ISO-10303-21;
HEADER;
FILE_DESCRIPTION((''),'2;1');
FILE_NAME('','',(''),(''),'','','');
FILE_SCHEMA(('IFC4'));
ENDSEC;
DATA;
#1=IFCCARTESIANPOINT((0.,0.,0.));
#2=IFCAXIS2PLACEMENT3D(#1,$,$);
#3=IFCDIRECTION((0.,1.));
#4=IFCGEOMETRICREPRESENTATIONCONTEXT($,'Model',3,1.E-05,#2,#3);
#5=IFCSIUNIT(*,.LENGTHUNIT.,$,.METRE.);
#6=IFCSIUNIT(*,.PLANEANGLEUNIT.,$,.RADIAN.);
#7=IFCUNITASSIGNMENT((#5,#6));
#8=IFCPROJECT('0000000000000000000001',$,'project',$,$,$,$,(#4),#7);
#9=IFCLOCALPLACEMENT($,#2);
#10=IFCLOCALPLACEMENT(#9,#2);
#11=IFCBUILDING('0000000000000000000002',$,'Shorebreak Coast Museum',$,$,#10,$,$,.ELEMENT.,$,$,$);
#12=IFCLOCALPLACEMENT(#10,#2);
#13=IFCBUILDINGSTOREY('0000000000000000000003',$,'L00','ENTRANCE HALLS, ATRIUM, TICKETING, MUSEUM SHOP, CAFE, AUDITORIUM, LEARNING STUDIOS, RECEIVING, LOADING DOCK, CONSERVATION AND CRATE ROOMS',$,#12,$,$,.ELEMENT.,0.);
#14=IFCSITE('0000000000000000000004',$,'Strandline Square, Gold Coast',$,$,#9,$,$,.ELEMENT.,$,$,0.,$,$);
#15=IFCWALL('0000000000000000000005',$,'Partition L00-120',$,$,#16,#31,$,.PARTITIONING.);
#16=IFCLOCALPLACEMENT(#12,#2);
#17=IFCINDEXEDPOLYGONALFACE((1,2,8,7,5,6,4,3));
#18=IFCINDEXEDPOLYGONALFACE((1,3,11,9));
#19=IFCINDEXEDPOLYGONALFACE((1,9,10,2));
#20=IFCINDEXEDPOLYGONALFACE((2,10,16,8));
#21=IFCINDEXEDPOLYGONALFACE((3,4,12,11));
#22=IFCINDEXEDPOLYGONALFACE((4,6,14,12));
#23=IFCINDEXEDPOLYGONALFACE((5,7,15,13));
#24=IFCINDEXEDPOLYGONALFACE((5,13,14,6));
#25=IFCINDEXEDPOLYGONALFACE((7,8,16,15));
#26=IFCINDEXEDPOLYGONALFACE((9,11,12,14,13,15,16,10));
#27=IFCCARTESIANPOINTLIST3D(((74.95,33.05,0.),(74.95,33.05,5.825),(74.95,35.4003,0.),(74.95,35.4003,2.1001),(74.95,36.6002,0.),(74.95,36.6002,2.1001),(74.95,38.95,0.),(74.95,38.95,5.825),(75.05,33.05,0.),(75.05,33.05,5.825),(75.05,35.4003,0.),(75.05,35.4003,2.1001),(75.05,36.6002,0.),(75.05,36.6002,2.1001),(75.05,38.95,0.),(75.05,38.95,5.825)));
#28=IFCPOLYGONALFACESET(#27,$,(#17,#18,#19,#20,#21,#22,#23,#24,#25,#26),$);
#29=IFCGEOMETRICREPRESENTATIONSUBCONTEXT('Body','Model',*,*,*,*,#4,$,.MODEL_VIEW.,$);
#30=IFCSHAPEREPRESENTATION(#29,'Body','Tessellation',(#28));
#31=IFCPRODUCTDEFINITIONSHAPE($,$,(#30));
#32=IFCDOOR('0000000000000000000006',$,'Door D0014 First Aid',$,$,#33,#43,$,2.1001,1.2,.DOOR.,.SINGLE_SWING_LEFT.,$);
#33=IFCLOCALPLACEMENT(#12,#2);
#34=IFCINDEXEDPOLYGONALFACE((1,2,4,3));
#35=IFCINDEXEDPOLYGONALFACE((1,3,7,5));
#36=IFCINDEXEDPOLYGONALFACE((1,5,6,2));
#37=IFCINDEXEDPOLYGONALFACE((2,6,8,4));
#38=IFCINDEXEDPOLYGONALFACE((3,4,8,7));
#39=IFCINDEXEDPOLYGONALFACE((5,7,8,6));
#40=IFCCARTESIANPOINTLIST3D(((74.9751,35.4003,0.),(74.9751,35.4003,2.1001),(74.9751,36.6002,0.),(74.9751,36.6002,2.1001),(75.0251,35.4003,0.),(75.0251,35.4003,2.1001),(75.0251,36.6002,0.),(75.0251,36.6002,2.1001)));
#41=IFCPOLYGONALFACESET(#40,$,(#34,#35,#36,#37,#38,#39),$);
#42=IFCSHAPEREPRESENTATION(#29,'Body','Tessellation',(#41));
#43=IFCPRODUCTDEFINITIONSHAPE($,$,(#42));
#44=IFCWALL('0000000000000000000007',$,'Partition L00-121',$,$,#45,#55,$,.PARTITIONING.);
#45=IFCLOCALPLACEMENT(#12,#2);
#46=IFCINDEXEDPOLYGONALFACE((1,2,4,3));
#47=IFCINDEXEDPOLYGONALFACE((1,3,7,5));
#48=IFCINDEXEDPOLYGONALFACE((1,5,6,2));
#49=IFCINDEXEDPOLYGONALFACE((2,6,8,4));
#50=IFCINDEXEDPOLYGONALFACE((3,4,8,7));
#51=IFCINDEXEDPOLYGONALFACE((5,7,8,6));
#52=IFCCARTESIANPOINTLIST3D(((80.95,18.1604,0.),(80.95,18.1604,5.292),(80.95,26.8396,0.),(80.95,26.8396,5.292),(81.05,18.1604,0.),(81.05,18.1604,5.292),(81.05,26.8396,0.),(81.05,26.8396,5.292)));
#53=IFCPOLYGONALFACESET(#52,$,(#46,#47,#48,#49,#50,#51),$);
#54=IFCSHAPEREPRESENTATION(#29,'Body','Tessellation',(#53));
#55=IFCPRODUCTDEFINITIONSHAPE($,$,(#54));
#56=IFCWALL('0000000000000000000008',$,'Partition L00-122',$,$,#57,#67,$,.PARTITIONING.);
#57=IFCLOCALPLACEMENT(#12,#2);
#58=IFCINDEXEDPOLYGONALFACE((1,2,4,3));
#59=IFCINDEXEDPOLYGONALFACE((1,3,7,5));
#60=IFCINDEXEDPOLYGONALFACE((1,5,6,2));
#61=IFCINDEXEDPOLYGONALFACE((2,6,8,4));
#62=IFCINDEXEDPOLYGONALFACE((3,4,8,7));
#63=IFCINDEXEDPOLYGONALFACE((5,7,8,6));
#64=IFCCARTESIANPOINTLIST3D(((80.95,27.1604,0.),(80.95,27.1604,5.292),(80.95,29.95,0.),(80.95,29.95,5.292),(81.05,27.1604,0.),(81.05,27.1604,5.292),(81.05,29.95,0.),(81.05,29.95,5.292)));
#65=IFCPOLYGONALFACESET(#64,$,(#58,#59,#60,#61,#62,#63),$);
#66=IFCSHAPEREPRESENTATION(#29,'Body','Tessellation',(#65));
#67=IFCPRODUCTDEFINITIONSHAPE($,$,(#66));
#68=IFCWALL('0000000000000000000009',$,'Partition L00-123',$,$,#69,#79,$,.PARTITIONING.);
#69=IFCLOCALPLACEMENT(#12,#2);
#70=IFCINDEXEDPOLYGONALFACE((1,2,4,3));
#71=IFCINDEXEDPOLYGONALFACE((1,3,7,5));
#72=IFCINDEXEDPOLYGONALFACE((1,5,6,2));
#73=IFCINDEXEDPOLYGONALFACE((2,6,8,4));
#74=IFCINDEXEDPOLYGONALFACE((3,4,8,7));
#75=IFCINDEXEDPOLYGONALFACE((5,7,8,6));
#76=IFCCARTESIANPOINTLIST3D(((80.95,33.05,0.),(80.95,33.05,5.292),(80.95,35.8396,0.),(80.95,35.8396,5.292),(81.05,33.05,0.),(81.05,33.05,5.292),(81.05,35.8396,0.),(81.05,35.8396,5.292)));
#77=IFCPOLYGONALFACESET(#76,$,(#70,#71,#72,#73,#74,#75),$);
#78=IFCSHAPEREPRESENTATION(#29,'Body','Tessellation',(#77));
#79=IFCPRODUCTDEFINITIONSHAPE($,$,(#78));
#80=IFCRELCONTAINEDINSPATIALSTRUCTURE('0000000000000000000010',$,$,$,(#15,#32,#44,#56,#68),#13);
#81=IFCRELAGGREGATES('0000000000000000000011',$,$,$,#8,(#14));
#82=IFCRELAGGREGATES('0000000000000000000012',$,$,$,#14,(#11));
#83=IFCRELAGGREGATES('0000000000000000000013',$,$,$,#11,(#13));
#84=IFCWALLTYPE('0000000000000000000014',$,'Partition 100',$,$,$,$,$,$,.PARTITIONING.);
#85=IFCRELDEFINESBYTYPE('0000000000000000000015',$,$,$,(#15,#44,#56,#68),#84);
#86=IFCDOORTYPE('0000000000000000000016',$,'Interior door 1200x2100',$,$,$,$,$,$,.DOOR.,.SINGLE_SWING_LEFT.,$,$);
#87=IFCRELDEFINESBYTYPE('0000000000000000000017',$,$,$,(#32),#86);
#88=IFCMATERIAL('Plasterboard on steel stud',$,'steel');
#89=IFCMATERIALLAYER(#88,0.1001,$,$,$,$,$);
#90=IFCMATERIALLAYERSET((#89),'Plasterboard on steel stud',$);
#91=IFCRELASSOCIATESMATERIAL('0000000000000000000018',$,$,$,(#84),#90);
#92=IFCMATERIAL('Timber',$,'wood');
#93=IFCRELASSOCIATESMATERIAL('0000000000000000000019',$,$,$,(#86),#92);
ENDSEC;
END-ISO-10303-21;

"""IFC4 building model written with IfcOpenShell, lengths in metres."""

from ifc_helpers import new_model, si_unit, direction, frame, frame_2d, origin, place, context, subcontext, project, spatial, rectangle, extrude, material, layer, layer_set, type_object, element, fill, save


model = new_model("IFC4")

# Units and contexts
model_context = context("Model", 3, precision=1e-05, world=origin(), true_north=direction((0.0, 1.0)))
body_context = subcontext(model_context, "Body", "Model", "MODEL_VIEW")
ifc_project = project(units=[si_unit("LENGTHUNIT", "METRE"), si_unit("PLANEANGLEUNIT", "RADIAN")], contexts=[model_context])

# Site, building, storey
site_placement = place(None, origin())
site = spatial("IfcSite", under=ifc_project, at=site_placement, Name="Strandline Square, Gold Coast", CompositionType="ELEMENT", RefElevation=0.0)
building_placement = place(site_placement, origin())
building = spatial("IfcBuilding", under=site, at=building_placement, Name="Shorebreak Coast Museum", CompositionType="ELEMENT")
storey_placement = place(building_placement, origin())
storey = spatial("IfcBuildingStorey", under=building, at=storey_placement, Name="L00", Description="ENTRANCE HALLS, ATRIUM, TICKETING, MUSEUM SHOP, CAFE, AUDITORIUM, LEARNING STUDIOS, RECEIVING, LOADING DOCK, CONSERVATION AND CRATE ROOMS", CompositionType="ELEMENT", Elevation=0.0)

# Shared definitions
ifc_material_1 = material(Name="Plasterboard on steel stud", Category="steel")
ifc_layer = layer(ifc_material_1, 0.1001)
ifc_layer_set = layer_set([ifc_layer], Name="Plasterboard on steel stud")
wall_type = type_object("IfcWallType", Name="Partition 100", PredefinedType="PARTITIONING", material=ifc_layer_set)

# Wall, opening, door
wall_1_placement = place(storey_placement, frame((75.0, 33.05, 0.0), z_axis=(0.0, 0.0, 1.0), x_axis=(0.0, 1.0, 0.0)))
wall_1 = element("IfcWall", 1, at=wall_1_placement, inside=storey, type_object=wall_type, Name="Partition L00-120", PredefinedType="PARTITIONING", context=body_context, shape_type="SweptSolid", body=[
    extrude(rectangle(XDim=5.8999, YDim=0.1001, at=frame_2d((2.95, 0.0))), origin(), (0.0, 0.0, 1.0), 5.825),
])
opening_1_placement = place(wall_1_placement, frame((2.3501, 0.0, 0.0)))
opening_1 = element("IfcOpeningElement", 2, at=opening_1_placement, cuts=wall_1, PredefinedType="OPENING", context=body_context, shape_type="SweptSolid", body=[
    extrude(rectangle(XDim=1.2, YDim=2.1001, at=frame_2d((0.6001, 1.05))), frame((0.0, 0.0601, 0.0), z_axis=(0.0, -1.0, 0.0), x_axis=(1.0, 0.0, 0.0)), (0.0, 0.0, 1.0), 0.1201),
])
ifc_material_2 = material(Name="Timber", Category="wood")
door_type_1 = type_object("IfcDoorType", Name="Interior door 1200x2100", OperationType="SINGLE_SWING_LEFT", PredefinedType="DOOR", material=ifc_material_2)
door_1_placement = place(opening_1_placement, origin())
door_1 = element("IfcDoor", 3, at=door_1_placement, inside=storey, type_object=door_type_1, Name="Door D0014 First Aid", OperationType="SINGLE_SWING_LEFT", OverallHeight=2.1001, OverallWidth=1.2, PredefinedType="DOOR", context=body_context, shape_type="SweptSolid", body=[
    extrude(rectangle(XDim=1.2, YDim=2.1001, at=frame_2d((0.6001, 1.05))), frame((0.0, 0.0249, 0.0), z_axis=(0.0, -1.0, 0.0), x_axis=(1.0, 0.0, 0.0)), (0.0, 0.0, 1.0), 0.05),
])
fill(opening_1, door_1)

# Walls
wall_2_placement = place(storey_placement, frame((81.0, 18.1604, 0.0), z_axis=(0.0, 0.0, 1.0), x_axis=(0.0, 1.0, 0.0)))
element("IfcWall", 4, at=wall_2_placement, inside=storey, type_object=wall_type, Name="Partition L00-121", PredefinedType="PARTITIONING", context=body_context, shape_type="SweptSolid", body=[
    extrude(rectangle(XDim=8.6792, YDim=0.1001, at=frame_2d((4.3396, 0.0))), origin(), (0.0, 0.0, 1.0), 5.292),
])
for number, where, z_axis, x_axis, name in (
    (5, (81.0, 27.1604, 0.0), (0.0, 0.0, 1.0), (0.0, 1.0, 0.0), "Partition L00-122"),
    (6, (81.0, 33.05, 0.0), (0.0, 0.0, 1.0), (0.0, 1.0, 0.0), "Partition L00-123"),
):
    element("IfcWall", number, at=place(storey_placement, frame(where, z_axis=z_axis, x_axis=x_axis)), inside=storey, type_object=wall_type, Name=name, PredefinedType="PARTITIONING", context=body_context, shape_type="SweptSolid", body=[
        extrude(rectangle(XDim=2.7896, YDim=0.1001, at=frame_2d((1.3948, 0.0))), origin(), (0.0, 0.0, 1.0), 5.292),
    ])

save(model, "model.ifc")
